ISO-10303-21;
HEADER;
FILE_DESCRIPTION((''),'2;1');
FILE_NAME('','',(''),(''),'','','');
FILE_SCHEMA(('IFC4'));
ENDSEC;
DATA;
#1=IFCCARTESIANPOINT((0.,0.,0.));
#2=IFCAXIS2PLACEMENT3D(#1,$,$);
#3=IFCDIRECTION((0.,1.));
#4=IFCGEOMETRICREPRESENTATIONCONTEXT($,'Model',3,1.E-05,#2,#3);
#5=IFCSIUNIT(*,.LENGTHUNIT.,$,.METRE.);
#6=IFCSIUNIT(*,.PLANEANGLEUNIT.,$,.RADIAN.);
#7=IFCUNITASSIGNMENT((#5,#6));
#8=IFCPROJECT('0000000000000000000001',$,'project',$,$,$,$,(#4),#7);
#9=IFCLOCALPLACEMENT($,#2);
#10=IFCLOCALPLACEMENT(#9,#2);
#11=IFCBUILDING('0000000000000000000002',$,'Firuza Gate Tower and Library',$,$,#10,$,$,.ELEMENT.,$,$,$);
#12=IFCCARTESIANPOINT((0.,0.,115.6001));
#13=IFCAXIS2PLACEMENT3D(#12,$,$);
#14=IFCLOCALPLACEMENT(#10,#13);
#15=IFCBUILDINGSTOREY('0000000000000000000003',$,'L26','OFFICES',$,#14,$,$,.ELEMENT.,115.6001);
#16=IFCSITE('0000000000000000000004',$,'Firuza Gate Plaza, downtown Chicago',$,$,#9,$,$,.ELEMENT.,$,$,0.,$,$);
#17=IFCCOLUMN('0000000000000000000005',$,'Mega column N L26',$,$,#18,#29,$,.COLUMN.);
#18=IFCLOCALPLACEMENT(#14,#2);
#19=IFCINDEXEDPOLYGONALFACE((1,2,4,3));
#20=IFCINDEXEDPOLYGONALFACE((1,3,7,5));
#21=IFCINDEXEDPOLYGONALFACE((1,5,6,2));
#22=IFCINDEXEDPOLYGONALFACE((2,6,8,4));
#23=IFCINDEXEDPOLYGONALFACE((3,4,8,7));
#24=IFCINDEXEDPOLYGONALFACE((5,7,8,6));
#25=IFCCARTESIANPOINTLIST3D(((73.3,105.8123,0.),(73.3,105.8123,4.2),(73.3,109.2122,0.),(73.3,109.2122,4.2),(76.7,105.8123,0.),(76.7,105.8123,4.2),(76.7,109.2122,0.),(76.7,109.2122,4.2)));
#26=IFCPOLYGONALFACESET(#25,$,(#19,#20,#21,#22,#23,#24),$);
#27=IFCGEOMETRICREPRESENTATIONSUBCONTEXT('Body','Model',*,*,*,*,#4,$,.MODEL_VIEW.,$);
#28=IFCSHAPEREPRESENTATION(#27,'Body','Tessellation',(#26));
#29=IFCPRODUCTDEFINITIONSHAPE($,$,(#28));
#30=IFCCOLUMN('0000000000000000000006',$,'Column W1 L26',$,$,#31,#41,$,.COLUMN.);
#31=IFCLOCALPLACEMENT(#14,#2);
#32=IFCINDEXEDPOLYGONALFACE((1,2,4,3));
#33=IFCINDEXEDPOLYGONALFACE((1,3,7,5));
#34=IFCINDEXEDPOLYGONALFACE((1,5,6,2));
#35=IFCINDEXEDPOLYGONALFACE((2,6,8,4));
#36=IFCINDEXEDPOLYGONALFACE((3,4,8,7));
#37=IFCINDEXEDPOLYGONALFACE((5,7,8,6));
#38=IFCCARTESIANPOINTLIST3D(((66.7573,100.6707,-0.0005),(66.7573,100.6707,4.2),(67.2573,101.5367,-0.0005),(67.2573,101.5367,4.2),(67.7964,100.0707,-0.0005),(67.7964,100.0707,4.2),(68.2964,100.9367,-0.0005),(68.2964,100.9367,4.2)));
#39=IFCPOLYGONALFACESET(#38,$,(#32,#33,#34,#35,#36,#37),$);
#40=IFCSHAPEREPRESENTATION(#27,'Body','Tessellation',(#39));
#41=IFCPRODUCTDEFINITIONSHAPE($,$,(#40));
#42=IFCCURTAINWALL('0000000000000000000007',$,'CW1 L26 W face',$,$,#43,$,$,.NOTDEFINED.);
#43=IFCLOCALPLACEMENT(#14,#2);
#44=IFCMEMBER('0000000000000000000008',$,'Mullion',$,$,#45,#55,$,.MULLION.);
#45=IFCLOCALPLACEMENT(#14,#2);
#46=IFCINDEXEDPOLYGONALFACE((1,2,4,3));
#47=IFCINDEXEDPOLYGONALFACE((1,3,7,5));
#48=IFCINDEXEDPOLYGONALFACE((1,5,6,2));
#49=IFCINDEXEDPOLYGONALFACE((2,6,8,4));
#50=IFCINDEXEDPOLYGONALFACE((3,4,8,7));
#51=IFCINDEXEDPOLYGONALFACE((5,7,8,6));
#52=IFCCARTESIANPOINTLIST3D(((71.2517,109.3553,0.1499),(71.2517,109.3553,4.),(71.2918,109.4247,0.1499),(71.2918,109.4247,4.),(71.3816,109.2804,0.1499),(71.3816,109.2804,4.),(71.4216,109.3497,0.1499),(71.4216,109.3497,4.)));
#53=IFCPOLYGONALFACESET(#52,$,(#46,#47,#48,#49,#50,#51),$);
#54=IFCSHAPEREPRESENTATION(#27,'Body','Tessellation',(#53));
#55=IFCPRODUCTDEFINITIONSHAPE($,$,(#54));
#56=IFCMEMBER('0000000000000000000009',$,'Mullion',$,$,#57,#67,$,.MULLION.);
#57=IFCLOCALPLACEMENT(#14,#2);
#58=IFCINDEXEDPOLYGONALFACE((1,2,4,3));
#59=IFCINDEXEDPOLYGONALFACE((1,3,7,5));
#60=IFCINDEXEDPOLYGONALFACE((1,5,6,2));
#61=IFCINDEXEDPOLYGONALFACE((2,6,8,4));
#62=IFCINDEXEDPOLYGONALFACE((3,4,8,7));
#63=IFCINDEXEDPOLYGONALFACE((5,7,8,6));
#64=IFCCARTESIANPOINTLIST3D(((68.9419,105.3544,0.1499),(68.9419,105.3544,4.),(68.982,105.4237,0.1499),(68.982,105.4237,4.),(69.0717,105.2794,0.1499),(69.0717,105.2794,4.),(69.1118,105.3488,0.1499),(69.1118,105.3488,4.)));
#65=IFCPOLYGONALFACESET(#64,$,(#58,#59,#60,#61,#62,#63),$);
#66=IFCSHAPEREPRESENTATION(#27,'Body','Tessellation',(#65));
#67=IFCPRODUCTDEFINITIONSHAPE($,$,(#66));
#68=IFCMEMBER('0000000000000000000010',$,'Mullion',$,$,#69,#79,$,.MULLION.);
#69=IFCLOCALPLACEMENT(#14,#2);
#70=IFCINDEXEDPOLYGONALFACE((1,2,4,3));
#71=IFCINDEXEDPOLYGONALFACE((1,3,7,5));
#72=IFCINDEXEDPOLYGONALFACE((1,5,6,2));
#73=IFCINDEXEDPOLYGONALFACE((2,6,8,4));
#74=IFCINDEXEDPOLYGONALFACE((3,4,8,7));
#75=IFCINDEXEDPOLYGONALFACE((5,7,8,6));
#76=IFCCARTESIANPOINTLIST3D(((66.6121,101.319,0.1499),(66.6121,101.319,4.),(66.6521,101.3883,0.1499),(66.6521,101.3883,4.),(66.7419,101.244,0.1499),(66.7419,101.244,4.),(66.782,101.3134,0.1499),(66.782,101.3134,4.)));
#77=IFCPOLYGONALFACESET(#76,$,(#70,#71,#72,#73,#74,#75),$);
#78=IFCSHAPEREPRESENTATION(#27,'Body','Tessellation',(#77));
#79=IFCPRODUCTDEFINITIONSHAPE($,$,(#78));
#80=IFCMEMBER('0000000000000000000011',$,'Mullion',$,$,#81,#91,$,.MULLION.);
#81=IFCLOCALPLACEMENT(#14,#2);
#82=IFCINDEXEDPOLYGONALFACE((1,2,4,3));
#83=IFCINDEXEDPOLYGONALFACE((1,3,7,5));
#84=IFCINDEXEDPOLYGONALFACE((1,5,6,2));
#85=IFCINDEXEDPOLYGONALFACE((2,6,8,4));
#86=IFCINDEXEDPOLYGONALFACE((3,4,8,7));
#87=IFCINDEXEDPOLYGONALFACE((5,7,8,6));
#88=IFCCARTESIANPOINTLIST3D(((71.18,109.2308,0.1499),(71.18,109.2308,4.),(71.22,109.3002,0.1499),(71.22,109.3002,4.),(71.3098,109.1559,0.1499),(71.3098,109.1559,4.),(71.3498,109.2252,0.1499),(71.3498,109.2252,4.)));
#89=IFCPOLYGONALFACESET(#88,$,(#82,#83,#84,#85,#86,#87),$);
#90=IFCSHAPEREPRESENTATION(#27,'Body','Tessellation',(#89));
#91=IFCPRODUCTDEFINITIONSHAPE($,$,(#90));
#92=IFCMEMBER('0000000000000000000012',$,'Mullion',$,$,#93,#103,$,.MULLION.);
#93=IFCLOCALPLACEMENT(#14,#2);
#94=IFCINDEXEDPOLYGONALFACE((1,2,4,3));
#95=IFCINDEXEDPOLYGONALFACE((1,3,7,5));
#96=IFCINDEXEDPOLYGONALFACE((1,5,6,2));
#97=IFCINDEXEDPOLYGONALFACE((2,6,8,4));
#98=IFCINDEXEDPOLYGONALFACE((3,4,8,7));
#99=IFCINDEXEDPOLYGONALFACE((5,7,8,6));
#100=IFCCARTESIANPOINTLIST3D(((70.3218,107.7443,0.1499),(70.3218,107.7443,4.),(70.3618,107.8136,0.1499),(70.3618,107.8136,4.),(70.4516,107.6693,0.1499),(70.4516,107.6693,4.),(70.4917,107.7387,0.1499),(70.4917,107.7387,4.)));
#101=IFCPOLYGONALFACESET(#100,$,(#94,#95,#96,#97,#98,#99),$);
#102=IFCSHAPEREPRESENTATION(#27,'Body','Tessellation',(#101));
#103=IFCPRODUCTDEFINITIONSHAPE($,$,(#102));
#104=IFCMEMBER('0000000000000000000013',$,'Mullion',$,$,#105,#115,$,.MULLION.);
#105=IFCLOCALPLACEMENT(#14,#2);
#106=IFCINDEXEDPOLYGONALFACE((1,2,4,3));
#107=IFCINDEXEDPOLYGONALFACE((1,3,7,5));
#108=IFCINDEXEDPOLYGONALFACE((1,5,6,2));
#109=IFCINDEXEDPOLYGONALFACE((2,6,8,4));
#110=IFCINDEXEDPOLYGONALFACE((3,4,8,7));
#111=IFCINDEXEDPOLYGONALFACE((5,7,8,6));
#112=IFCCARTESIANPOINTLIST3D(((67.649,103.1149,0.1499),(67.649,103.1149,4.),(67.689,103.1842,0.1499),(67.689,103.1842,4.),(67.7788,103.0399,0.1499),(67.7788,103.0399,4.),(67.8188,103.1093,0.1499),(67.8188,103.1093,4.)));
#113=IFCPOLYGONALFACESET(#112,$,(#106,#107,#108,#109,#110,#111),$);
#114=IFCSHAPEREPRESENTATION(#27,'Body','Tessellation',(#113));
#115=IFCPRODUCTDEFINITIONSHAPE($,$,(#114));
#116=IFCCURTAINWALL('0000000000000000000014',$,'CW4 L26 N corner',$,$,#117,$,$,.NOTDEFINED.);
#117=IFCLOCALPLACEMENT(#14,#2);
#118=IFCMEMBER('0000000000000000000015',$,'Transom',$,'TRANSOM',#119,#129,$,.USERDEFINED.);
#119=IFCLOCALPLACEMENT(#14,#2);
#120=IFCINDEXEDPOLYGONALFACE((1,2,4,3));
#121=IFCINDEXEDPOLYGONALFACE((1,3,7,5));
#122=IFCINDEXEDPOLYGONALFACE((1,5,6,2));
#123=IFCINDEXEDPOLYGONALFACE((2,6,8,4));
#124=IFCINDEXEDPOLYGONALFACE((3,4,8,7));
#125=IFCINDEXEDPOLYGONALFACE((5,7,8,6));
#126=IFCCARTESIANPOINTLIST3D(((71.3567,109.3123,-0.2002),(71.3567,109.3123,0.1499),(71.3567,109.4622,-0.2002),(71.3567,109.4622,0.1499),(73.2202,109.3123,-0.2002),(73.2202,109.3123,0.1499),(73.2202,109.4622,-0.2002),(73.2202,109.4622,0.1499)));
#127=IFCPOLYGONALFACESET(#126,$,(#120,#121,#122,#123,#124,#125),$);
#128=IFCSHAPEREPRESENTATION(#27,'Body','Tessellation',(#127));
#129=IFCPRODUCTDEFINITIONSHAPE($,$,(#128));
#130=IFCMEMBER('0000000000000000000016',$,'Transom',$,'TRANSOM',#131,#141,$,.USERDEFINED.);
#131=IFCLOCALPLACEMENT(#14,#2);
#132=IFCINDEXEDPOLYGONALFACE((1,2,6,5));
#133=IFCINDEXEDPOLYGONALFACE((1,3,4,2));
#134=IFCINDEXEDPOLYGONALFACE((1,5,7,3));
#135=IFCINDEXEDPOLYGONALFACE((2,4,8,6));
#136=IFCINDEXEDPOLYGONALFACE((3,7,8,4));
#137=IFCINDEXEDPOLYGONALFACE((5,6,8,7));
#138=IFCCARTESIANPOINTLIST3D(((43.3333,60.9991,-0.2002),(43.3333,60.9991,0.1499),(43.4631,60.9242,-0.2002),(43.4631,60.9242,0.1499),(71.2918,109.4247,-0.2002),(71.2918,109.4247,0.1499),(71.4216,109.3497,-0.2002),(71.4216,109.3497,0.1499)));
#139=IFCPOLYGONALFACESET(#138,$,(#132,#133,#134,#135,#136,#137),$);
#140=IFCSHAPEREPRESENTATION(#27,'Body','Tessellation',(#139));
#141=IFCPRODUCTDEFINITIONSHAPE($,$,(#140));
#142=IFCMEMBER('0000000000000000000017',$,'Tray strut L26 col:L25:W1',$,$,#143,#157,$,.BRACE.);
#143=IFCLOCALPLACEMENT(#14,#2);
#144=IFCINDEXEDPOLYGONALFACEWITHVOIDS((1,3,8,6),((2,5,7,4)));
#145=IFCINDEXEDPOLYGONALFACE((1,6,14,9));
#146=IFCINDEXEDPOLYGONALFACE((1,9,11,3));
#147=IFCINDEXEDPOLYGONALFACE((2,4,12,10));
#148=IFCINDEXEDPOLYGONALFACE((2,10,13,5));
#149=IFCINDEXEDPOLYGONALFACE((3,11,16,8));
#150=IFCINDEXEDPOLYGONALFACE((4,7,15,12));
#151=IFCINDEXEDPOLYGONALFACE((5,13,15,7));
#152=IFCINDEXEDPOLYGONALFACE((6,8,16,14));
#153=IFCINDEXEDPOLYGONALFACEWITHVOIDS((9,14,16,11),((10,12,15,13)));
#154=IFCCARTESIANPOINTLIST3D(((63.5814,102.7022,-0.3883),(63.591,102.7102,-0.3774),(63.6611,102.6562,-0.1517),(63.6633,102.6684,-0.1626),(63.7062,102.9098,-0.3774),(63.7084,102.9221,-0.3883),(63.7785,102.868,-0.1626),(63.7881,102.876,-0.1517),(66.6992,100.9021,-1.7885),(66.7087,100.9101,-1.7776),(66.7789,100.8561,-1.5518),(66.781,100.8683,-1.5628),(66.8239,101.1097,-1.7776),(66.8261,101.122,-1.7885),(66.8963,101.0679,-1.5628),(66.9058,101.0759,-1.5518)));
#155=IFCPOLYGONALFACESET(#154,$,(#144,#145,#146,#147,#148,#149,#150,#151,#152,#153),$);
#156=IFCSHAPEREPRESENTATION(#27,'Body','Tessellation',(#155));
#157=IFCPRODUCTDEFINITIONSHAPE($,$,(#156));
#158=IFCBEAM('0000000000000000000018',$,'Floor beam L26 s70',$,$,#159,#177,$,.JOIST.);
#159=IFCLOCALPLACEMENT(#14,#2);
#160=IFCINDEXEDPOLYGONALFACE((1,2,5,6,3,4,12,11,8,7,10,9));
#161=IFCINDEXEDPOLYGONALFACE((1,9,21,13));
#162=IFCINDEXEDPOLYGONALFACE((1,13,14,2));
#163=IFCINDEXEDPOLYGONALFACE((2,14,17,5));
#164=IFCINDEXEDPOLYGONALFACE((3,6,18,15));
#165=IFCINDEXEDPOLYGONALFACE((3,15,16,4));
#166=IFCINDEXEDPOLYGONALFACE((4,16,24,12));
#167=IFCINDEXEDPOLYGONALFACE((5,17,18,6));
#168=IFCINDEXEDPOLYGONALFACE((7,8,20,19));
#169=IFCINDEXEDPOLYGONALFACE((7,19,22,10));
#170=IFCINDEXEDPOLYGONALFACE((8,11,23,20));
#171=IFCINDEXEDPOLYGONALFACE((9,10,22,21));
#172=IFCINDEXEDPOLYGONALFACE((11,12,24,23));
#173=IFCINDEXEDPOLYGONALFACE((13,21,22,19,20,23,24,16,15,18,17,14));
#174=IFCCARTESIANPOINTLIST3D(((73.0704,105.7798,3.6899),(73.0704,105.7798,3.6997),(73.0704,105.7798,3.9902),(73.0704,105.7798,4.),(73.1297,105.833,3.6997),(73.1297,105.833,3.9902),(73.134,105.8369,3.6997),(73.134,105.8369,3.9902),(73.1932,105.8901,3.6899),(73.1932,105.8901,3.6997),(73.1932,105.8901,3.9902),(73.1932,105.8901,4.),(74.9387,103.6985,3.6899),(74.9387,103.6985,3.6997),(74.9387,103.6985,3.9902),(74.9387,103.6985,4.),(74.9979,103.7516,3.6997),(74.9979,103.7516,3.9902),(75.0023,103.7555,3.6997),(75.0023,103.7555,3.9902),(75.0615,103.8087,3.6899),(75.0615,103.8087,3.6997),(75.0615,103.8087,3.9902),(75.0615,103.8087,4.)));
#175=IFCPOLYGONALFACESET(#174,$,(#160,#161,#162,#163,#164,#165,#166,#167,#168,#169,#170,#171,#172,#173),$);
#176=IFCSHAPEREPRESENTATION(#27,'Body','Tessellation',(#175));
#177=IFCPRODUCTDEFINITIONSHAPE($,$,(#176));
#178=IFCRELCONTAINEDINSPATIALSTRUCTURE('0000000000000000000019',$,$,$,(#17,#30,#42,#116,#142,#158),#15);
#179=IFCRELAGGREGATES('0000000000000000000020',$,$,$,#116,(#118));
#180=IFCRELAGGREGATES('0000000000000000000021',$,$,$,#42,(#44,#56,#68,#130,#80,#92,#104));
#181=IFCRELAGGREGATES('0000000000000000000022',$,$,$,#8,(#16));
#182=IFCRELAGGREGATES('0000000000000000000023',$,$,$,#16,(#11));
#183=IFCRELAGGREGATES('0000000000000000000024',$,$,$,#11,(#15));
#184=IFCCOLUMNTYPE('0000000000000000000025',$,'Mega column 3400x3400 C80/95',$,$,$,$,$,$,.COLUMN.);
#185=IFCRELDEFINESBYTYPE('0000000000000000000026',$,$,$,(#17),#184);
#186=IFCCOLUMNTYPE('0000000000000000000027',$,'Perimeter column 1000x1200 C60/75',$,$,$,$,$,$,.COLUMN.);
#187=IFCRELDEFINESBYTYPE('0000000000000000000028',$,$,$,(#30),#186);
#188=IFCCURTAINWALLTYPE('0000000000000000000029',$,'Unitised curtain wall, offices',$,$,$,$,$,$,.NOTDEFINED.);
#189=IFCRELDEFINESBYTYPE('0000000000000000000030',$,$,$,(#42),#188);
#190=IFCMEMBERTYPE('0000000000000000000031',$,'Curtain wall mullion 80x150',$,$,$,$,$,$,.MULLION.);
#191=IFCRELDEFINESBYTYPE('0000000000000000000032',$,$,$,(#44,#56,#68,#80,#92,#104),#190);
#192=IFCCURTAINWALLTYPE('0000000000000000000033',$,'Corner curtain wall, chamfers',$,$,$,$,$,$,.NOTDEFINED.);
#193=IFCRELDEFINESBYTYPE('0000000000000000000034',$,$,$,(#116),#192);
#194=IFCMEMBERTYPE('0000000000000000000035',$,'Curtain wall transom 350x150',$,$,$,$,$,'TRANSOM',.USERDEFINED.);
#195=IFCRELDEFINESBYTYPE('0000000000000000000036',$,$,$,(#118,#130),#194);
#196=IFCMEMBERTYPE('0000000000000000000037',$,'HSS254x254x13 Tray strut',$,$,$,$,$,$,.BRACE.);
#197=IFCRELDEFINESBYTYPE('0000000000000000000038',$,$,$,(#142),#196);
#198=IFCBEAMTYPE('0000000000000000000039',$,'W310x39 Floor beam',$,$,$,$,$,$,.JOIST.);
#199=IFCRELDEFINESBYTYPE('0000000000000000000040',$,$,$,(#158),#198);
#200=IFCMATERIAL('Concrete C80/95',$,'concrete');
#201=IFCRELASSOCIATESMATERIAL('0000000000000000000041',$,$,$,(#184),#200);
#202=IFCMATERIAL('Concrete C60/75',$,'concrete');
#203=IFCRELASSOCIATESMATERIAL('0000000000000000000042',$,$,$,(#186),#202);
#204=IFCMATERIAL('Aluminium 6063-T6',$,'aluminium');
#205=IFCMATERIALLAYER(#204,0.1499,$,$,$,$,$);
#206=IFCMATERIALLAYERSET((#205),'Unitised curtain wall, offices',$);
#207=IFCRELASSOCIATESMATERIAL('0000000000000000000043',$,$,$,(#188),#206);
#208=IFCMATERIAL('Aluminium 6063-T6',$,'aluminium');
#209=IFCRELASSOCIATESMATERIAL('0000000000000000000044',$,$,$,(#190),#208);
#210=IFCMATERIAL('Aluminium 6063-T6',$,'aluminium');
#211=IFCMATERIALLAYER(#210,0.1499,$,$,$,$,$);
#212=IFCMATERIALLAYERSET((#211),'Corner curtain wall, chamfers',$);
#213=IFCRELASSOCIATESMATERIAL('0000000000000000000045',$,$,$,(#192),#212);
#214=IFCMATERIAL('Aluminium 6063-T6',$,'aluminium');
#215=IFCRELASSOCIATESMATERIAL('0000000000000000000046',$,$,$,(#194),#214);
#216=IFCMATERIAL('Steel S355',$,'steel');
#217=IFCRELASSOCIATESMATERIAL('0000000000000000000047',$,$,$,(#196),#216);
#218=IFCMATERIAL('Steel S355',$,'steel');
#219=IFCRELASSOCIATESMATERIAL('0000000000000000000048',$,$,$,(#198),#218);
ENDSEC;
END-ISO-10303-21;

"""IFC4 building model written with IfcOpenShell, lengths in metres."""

from ifc_helpers import new_model, si_unit, direction, frame, origin, origin_2d, place, context, subcontext, project, spatial, rectangle, hollow_rectangle, i_section, extrude, material, layer, layer_set, material_profile, profile_set, type_object, element, aggregate, save


model = new_model("IFC4")

# Units and contexts
model_context = context("Model", 3, precision=1e-05, world=origin(), true_north=direction((0.0, 1.0)))
body_context = subcontext(model_context, "Body", "Model", "MODEL_VIEW")
ifc_project = project(units=[si_unit("LENGTHUNIT", "METRE"), si_unit("PLANEANGLEUNIT", "RADIAN")], contexts=[model_context])

# Site, building, storey
site_placement = place(None, origin())
site = spatial("IfcSite", under=ifc_project, at=site_placement, Name="Firuza Gate Plaza, downtown Chicago", CompositionType="ELEMENT", RefElevation=0.0)
building_placement = place(site_placement, origin())
building = spatial("IfcBuilding", under=site, at=building_placement, Name="Firuza Gate Tower and Library", CompositionType="ELEMENT")
storey_placement = place(building_placement, frame((0.0, 0.0, 115.6001)))
storey = spatial("IfcBuildingStorey", under=building, at=storey_placement, Name="L26", Description="OFFICES", CompositionType="ELEMENT", Elevation=115.6001)

# Columns
ifc_material_1 = material(Name="Concrete C80/95", Category="concrete")
ifc_material_profile_1 = material_profile(ifc_material_1, rectangle(XDim=3.3999, YDim=3.3999, at=origin_2d()))
ifc_profile_set_1 = profile_set([ifc_material_profile_1], Name="Concrete C80/95")
column_type_1 = type_object("IfcColumnType", Name="Mega column 3400x3400 C80/95", PredefinedType="COLUMN", material=ifc_profile_set_1)
column_1_placement = place(storey_placement, frame((75.0, 107.5122, 0.0), z_axis=(0.0, 0.0, 1.0), x_axis=(-1.0, 0.0, 0.0)))
element("IfcColumn", 1, at=column_1_placement, inside=storey, type_object=column_type_1, Name="Mega column N L26", PredefinedType="COLUMN", context=body_context, shape_type="SweptSolid", body=[
    extrude(rectangle(XDim=3.3999, YDim=3.3999, at=origin_2d()), origin(), (0.0, 0.0, 1.0), 4.2),
])
ifc_material_2 = material(Name="Concrete C60/75", Category="concrete")
ifc_material_profile_2 = material_profile(ifc_material_2, rectangle(XDim=1.0, YDim=1.2, at=origin_2d()))
ifc_profile_set_2 = profile_set([ifc_material_profile_2], Name="Concrete C60/75")
column_type_2 = type_object("IfcColumnType", Name="Perimeter column 1000x1200 C60/75", PredefinedType="COLUMN", material=ifc_profile_set_2)
column_2_placement = place(storey_placement, frame((67.5269, 100.8037, -0.0005), z_axis=(0.0, 0.0, 1.0), x_axis=(-0.5, -0.866025, 0.0)))
element("IfcColumn", 2, at=column_2_placement, inside=storey, type_object=column_type_2, Name="Column W1 L26", PredefinedType="COLUMN", context=body_context, shape_type="SweptSolid", body=[
    extrude(rectangle(XDim=1.0, YDim=1.2, at=origin_2d()), origin(), (0.0, 0.0, 1.0), 4.2004),
])

# Curtain wall, members
ifc_material_3 = material(Name="Aluminium 6063-T6", Category="aluminium")
ifc_layer_1 = layer(ifc_material_3, 0.1499)
ifc_layer_set_1 = layer_set([ifc_layer_1], Name="Unitised curtain wall, offices")
curtain_wall_type_1 = type_object("IfcCurtainWallType", Name="Unitised curtain wall, offices", PredefinedType="NOTDEFINED", material=ifc_layer_set_1)
placement = place(storey_placement, origin())
curtain_wall_1 = element("IfcCurtainWall", 3, at=placement, inside=storey, type_object=curtain_wall_type_1, Name="CW1 L26 W face", PredefinedType="NOTDEFINED")
ifc_material_4 = material(Name="Aluminium 6063-T6", Category="aluminium")
ifc_material_profile_3 = material_profile(ifc_material_4, rectangle(XDim=0.1499, YDim=0.0801, at=origin_2d()))
ifc_profile_set_3 = profile_set([ifc_material_profile_3], Name="Aluminium 6063-T6")
member_type_1 = type_object("IfcMemberType", Name="Curtain wall mullion 80x150", PredefinedType="MULLION", material=ifc_profile_set_3)
member_1_placement = place(storey_placement, frame((71.3367, 109.3525, 0.1499), z_axis=(0.0, 0.0, 1.0), x_axis=(0.866025, -0.5, 0.0)))
member_1 = element("IfcMember", 4, at=member_1_placement, type_object=member_type_1, Name="Mullion", PredefinedType="MULLION", context=body_context, shape_type="SweptSolid", body=[
    extrude(rectangle(XDim=0.1499, YDim=0.0801, at=origin_2d()), origin(), (0.0, 0.0, 1.0), 3.8501),
])
member_2_placement = place(storey_placement, frame((69.0269, 105.3516, 0.1499), z_axis=(0.0, 0.0, 1.0), x_axis=(0.866025, -0.5, 0.0)))
member_2 = element("IfcMember", 5, at=member_2_placement, type_object=member_type_1, Name="Mullion", PredefinedType="MULLION", context=body_context, shape_type="SweptSolid", body=[
    extrude(rectangle(XDim=0.1499, YDim=0.0801, at=origin_2d()), origin(), (0.0, 0.0, 1.0), 3.8501),
])
member_3_placement = place(storey_placement, frame((66.697, 101.3162, 0.1499), z_axis=(0.0, 0.0, 1.0), x_axis=(0.866025, -0.5, 0.0)))
member_3 = element("IfcMember", 6, at=member_3_placement, type_object=member_type_1, Name="Mullion", PredefinedType="MULLION", context=body_context, shape_type="SweptSolid", body=[
    extrude(rectangle(XDim=0.1499, YDim=0.0801, at=origin_2d()), origin(), (0.0, 0.0, 1.0), 3.8501),
])
member_4_placement = place(storey_placement, frame((71.2649, 109.228, 0.1499), z_axis=(0.0, 0.0, 1.0), x_axis=(0.866025, -0.5, 0.0)))
member_4 = element("IfcMember", 7, at=member_4_placement, type_object=member_type_1, Name="Mullion", PredefinedType="MULLION", context=body_context, shape_type="SweptSolid", body=[
    extrude(rectangle(XDim=0.1499, YDim=0.0801, at=origin_2d()), origin(), (0.0, 0.0, 1.0), 3.8501),
])
member_5_placement = place(storey_placement, frame((70.4067, 107.7415, 0.1499), z_axis=(0.0, 0.0, 1.0), x_axis=(0.866025, -0.5, 0.0)))
member_5 = element("IfcMember", 8, at=member_5_placement, type_object=member_type_1, Name="Mullion", PredefinedType="MULLION", context=body_context, shape_type="SweptSolid", body=[
    extrude(rectangle(XDim=0.1499, YDim=0.0801, at=origin_2d()), origin(), (0.0, 0.0, 1.0), 3.8501),
])
member_6_placement = place(storey_placement, frame((67.7339, 103.1121, 0.1499), z_axis=(0.0, 0.0, 1.0), x_axis=(0.866025, -0.5, 0.0)))
member_6 = element("IfcMember", 9, at=member_6_placement, type_object=member_type_1, Name="Mullion", PredefinedType="MULLION", context=body_context, shape_type="SweptSolid", body=[
    extrude(rectangle(XDim=0.1499, YDim=0.0801, at=origin_2d()), origin(), (0.0, 0.0, 1.0), 3.8501),
])

# Curtain wall, member
ifc_material_5 = material(Name="Aluminium 6063-T6", Category="aluminium")
ifc_layer_2 = layer(ifc_material_5, 0.1499)
ifc_layer_set_2 = layer_set([ifc_layer_2], Name="Corner curtain wall, chamfers")
curtain_wall_type_2 = type_object("IfcCurtainWallType", Name="Corner curtain wall, chamfers", PredefinedType="NOTDEFINED", material=ifc_layer_set_2)
curtain_wall_2 = element("IfcCurtainWall", 10, at=placement, inside=storey, type_object=curtain_wall_type_2, Name="CW4 L26 N corner", PredefinedType="NOTDEFINED")
ifc_material_6 = material(Name="Aluminium 6063-T6", Category="aluminium")
ifc_material_profile_4 = material_profile(ifc_material_6, rectangle(XDim=0.1499, YDim=0.3501, at=origin_2d()))
ifc_profile_set_4 = profile_set([ifc_material_profile_4], Name="Aluminium 6063-T6")
member_type_2 = type_object("IfcMemberType", Name="Curtain wall transom 350x150", ElementType="TRANSOM", PredefinedType="USERDEFINED", material=ifc_profile_set_4)
member_7_placement = place(storey_placement, frame((73.2202, 109.3872, -0.0251), z_axis=(-1.0, 0.0, 0.0), x_axis=(0.0, -1.0, 0.0)))
member_7 = element("IfcMember", 11, at=member_7_placement, type_object=member_type_2, Name="Transom", ObjectType="TRANSOM", PredefinedType="USERDEFINED", context=body_context, shape_type="SweptSolid", body=[
    extrude(rectangle(XDim=0.1499, YDim=0.3501, at=origin_2d()), origin(), (0.0, 0.0, 1.0), 1.8635),
])

# Members
member_8_placement = place(storey_placement, frame((71.3567, 109.3872, -0.0251), z_axis=(-0.5, -0.866025, 0.0), x_axis=(0.866025, -0.5, 0.0)))
member_8 = element("IfcMember", 12, at=member_8_placement, type_object=member_type_2, Name="Transom", ObjectType="TRANSOM", PredefinedType="USERDEFINED", context=body_context, shape_type="SweptSolid", body=[
    extrude(rectangle(XDim=0.1499, YDim=0.3501, at=origin_2d()), origin(), (0.0, 0.0, 1.0), 55.917),
])
ifc_material_7 = material(Name="Steel S355", Category="steel")
ifc_material_profile_5 = material_profile(ifc_material_7, hollow_rectangle(XDim=0.2539, YDim=0.2539, WallThickness=0.0117, at=origin_2d()))
ifc_profile_set_5 = profile_set([ifc_material_profile_5], Name="Steel S355")
member_type_3 = type_object("IfcMemberType", Name="HSS254x254x13 Tray strut", PredefinedType="BRACE", material=ifc_profile_set_5)
member_9_placement = place(storey_placement, frame((66.8025, 100.989, -1.6702), z_axis=(-0.807122, 0.466007, 0.362478), x_axis=(-0.500012, -0.866018, 0.0)))
element("IfcMember", 13, at=member_9_placement, inside=storey, type_object=member_type_3, Name="Tray strut L26 col:L25:W1", PredefinedType="BRACE", context=body_context, shape_type="SweptSolid", body=[
    extrude(hollow_rectangle(XDim=0.2539, YDim=0.2539, WallThickness=0.0117, at=origin_2d()), origin(), (0.0, 0.0, 1.0), 3.8628),
])

# Beam
ifc_material_8 = material(Name="Steel S355", Category="steel")
ifc_material_profile_6 = material_profile(ifc_material_8, i_section(OverallWidth=0.165, OverallDepth=0.3101, WebThickness=0.0059, FlangeThickness=0.0098, at=origin_2d()))
ifc_profile_set_6 = profile_set([ifc_material_profile_6], Name="Steel S355")
beam_type_1 = type_object("IfcBeamType", Name="W310x39 Floor beam", PredefinedType="JOIST", material=ifc_profile_set_6)
beam_1_placement = place(storey_placement, frame((73.1318, 105.835, 3.845), z_axis=(0.667975, -0.744183, 0.0), x_axis=(0.744183, 0.667975, 0.0)))
element("IfcBeam", 14, at=beam_1_placement, inside=storey, type_object=beam_type_1, Name="Floor beam L26 s70", PredefinedType="JOIST", context=body_context, shape_type="SweptSolid", body=[
    extrude(i_section(OverallWidth=0.165, OverallDepth=0.3101, WebThickness=0.0059, FlangeThickness=0.0098, at=origin_2d()), origin(), (0.0, 0.0, 1.0), 2.7969),
])

aggregate(curtain_wall_2, [member_7])
aggregate(curtain_wall_1, [member_1, member_2, member_3, member_8, member_4, member_5, member_6])

save(model, "model.ifc")
